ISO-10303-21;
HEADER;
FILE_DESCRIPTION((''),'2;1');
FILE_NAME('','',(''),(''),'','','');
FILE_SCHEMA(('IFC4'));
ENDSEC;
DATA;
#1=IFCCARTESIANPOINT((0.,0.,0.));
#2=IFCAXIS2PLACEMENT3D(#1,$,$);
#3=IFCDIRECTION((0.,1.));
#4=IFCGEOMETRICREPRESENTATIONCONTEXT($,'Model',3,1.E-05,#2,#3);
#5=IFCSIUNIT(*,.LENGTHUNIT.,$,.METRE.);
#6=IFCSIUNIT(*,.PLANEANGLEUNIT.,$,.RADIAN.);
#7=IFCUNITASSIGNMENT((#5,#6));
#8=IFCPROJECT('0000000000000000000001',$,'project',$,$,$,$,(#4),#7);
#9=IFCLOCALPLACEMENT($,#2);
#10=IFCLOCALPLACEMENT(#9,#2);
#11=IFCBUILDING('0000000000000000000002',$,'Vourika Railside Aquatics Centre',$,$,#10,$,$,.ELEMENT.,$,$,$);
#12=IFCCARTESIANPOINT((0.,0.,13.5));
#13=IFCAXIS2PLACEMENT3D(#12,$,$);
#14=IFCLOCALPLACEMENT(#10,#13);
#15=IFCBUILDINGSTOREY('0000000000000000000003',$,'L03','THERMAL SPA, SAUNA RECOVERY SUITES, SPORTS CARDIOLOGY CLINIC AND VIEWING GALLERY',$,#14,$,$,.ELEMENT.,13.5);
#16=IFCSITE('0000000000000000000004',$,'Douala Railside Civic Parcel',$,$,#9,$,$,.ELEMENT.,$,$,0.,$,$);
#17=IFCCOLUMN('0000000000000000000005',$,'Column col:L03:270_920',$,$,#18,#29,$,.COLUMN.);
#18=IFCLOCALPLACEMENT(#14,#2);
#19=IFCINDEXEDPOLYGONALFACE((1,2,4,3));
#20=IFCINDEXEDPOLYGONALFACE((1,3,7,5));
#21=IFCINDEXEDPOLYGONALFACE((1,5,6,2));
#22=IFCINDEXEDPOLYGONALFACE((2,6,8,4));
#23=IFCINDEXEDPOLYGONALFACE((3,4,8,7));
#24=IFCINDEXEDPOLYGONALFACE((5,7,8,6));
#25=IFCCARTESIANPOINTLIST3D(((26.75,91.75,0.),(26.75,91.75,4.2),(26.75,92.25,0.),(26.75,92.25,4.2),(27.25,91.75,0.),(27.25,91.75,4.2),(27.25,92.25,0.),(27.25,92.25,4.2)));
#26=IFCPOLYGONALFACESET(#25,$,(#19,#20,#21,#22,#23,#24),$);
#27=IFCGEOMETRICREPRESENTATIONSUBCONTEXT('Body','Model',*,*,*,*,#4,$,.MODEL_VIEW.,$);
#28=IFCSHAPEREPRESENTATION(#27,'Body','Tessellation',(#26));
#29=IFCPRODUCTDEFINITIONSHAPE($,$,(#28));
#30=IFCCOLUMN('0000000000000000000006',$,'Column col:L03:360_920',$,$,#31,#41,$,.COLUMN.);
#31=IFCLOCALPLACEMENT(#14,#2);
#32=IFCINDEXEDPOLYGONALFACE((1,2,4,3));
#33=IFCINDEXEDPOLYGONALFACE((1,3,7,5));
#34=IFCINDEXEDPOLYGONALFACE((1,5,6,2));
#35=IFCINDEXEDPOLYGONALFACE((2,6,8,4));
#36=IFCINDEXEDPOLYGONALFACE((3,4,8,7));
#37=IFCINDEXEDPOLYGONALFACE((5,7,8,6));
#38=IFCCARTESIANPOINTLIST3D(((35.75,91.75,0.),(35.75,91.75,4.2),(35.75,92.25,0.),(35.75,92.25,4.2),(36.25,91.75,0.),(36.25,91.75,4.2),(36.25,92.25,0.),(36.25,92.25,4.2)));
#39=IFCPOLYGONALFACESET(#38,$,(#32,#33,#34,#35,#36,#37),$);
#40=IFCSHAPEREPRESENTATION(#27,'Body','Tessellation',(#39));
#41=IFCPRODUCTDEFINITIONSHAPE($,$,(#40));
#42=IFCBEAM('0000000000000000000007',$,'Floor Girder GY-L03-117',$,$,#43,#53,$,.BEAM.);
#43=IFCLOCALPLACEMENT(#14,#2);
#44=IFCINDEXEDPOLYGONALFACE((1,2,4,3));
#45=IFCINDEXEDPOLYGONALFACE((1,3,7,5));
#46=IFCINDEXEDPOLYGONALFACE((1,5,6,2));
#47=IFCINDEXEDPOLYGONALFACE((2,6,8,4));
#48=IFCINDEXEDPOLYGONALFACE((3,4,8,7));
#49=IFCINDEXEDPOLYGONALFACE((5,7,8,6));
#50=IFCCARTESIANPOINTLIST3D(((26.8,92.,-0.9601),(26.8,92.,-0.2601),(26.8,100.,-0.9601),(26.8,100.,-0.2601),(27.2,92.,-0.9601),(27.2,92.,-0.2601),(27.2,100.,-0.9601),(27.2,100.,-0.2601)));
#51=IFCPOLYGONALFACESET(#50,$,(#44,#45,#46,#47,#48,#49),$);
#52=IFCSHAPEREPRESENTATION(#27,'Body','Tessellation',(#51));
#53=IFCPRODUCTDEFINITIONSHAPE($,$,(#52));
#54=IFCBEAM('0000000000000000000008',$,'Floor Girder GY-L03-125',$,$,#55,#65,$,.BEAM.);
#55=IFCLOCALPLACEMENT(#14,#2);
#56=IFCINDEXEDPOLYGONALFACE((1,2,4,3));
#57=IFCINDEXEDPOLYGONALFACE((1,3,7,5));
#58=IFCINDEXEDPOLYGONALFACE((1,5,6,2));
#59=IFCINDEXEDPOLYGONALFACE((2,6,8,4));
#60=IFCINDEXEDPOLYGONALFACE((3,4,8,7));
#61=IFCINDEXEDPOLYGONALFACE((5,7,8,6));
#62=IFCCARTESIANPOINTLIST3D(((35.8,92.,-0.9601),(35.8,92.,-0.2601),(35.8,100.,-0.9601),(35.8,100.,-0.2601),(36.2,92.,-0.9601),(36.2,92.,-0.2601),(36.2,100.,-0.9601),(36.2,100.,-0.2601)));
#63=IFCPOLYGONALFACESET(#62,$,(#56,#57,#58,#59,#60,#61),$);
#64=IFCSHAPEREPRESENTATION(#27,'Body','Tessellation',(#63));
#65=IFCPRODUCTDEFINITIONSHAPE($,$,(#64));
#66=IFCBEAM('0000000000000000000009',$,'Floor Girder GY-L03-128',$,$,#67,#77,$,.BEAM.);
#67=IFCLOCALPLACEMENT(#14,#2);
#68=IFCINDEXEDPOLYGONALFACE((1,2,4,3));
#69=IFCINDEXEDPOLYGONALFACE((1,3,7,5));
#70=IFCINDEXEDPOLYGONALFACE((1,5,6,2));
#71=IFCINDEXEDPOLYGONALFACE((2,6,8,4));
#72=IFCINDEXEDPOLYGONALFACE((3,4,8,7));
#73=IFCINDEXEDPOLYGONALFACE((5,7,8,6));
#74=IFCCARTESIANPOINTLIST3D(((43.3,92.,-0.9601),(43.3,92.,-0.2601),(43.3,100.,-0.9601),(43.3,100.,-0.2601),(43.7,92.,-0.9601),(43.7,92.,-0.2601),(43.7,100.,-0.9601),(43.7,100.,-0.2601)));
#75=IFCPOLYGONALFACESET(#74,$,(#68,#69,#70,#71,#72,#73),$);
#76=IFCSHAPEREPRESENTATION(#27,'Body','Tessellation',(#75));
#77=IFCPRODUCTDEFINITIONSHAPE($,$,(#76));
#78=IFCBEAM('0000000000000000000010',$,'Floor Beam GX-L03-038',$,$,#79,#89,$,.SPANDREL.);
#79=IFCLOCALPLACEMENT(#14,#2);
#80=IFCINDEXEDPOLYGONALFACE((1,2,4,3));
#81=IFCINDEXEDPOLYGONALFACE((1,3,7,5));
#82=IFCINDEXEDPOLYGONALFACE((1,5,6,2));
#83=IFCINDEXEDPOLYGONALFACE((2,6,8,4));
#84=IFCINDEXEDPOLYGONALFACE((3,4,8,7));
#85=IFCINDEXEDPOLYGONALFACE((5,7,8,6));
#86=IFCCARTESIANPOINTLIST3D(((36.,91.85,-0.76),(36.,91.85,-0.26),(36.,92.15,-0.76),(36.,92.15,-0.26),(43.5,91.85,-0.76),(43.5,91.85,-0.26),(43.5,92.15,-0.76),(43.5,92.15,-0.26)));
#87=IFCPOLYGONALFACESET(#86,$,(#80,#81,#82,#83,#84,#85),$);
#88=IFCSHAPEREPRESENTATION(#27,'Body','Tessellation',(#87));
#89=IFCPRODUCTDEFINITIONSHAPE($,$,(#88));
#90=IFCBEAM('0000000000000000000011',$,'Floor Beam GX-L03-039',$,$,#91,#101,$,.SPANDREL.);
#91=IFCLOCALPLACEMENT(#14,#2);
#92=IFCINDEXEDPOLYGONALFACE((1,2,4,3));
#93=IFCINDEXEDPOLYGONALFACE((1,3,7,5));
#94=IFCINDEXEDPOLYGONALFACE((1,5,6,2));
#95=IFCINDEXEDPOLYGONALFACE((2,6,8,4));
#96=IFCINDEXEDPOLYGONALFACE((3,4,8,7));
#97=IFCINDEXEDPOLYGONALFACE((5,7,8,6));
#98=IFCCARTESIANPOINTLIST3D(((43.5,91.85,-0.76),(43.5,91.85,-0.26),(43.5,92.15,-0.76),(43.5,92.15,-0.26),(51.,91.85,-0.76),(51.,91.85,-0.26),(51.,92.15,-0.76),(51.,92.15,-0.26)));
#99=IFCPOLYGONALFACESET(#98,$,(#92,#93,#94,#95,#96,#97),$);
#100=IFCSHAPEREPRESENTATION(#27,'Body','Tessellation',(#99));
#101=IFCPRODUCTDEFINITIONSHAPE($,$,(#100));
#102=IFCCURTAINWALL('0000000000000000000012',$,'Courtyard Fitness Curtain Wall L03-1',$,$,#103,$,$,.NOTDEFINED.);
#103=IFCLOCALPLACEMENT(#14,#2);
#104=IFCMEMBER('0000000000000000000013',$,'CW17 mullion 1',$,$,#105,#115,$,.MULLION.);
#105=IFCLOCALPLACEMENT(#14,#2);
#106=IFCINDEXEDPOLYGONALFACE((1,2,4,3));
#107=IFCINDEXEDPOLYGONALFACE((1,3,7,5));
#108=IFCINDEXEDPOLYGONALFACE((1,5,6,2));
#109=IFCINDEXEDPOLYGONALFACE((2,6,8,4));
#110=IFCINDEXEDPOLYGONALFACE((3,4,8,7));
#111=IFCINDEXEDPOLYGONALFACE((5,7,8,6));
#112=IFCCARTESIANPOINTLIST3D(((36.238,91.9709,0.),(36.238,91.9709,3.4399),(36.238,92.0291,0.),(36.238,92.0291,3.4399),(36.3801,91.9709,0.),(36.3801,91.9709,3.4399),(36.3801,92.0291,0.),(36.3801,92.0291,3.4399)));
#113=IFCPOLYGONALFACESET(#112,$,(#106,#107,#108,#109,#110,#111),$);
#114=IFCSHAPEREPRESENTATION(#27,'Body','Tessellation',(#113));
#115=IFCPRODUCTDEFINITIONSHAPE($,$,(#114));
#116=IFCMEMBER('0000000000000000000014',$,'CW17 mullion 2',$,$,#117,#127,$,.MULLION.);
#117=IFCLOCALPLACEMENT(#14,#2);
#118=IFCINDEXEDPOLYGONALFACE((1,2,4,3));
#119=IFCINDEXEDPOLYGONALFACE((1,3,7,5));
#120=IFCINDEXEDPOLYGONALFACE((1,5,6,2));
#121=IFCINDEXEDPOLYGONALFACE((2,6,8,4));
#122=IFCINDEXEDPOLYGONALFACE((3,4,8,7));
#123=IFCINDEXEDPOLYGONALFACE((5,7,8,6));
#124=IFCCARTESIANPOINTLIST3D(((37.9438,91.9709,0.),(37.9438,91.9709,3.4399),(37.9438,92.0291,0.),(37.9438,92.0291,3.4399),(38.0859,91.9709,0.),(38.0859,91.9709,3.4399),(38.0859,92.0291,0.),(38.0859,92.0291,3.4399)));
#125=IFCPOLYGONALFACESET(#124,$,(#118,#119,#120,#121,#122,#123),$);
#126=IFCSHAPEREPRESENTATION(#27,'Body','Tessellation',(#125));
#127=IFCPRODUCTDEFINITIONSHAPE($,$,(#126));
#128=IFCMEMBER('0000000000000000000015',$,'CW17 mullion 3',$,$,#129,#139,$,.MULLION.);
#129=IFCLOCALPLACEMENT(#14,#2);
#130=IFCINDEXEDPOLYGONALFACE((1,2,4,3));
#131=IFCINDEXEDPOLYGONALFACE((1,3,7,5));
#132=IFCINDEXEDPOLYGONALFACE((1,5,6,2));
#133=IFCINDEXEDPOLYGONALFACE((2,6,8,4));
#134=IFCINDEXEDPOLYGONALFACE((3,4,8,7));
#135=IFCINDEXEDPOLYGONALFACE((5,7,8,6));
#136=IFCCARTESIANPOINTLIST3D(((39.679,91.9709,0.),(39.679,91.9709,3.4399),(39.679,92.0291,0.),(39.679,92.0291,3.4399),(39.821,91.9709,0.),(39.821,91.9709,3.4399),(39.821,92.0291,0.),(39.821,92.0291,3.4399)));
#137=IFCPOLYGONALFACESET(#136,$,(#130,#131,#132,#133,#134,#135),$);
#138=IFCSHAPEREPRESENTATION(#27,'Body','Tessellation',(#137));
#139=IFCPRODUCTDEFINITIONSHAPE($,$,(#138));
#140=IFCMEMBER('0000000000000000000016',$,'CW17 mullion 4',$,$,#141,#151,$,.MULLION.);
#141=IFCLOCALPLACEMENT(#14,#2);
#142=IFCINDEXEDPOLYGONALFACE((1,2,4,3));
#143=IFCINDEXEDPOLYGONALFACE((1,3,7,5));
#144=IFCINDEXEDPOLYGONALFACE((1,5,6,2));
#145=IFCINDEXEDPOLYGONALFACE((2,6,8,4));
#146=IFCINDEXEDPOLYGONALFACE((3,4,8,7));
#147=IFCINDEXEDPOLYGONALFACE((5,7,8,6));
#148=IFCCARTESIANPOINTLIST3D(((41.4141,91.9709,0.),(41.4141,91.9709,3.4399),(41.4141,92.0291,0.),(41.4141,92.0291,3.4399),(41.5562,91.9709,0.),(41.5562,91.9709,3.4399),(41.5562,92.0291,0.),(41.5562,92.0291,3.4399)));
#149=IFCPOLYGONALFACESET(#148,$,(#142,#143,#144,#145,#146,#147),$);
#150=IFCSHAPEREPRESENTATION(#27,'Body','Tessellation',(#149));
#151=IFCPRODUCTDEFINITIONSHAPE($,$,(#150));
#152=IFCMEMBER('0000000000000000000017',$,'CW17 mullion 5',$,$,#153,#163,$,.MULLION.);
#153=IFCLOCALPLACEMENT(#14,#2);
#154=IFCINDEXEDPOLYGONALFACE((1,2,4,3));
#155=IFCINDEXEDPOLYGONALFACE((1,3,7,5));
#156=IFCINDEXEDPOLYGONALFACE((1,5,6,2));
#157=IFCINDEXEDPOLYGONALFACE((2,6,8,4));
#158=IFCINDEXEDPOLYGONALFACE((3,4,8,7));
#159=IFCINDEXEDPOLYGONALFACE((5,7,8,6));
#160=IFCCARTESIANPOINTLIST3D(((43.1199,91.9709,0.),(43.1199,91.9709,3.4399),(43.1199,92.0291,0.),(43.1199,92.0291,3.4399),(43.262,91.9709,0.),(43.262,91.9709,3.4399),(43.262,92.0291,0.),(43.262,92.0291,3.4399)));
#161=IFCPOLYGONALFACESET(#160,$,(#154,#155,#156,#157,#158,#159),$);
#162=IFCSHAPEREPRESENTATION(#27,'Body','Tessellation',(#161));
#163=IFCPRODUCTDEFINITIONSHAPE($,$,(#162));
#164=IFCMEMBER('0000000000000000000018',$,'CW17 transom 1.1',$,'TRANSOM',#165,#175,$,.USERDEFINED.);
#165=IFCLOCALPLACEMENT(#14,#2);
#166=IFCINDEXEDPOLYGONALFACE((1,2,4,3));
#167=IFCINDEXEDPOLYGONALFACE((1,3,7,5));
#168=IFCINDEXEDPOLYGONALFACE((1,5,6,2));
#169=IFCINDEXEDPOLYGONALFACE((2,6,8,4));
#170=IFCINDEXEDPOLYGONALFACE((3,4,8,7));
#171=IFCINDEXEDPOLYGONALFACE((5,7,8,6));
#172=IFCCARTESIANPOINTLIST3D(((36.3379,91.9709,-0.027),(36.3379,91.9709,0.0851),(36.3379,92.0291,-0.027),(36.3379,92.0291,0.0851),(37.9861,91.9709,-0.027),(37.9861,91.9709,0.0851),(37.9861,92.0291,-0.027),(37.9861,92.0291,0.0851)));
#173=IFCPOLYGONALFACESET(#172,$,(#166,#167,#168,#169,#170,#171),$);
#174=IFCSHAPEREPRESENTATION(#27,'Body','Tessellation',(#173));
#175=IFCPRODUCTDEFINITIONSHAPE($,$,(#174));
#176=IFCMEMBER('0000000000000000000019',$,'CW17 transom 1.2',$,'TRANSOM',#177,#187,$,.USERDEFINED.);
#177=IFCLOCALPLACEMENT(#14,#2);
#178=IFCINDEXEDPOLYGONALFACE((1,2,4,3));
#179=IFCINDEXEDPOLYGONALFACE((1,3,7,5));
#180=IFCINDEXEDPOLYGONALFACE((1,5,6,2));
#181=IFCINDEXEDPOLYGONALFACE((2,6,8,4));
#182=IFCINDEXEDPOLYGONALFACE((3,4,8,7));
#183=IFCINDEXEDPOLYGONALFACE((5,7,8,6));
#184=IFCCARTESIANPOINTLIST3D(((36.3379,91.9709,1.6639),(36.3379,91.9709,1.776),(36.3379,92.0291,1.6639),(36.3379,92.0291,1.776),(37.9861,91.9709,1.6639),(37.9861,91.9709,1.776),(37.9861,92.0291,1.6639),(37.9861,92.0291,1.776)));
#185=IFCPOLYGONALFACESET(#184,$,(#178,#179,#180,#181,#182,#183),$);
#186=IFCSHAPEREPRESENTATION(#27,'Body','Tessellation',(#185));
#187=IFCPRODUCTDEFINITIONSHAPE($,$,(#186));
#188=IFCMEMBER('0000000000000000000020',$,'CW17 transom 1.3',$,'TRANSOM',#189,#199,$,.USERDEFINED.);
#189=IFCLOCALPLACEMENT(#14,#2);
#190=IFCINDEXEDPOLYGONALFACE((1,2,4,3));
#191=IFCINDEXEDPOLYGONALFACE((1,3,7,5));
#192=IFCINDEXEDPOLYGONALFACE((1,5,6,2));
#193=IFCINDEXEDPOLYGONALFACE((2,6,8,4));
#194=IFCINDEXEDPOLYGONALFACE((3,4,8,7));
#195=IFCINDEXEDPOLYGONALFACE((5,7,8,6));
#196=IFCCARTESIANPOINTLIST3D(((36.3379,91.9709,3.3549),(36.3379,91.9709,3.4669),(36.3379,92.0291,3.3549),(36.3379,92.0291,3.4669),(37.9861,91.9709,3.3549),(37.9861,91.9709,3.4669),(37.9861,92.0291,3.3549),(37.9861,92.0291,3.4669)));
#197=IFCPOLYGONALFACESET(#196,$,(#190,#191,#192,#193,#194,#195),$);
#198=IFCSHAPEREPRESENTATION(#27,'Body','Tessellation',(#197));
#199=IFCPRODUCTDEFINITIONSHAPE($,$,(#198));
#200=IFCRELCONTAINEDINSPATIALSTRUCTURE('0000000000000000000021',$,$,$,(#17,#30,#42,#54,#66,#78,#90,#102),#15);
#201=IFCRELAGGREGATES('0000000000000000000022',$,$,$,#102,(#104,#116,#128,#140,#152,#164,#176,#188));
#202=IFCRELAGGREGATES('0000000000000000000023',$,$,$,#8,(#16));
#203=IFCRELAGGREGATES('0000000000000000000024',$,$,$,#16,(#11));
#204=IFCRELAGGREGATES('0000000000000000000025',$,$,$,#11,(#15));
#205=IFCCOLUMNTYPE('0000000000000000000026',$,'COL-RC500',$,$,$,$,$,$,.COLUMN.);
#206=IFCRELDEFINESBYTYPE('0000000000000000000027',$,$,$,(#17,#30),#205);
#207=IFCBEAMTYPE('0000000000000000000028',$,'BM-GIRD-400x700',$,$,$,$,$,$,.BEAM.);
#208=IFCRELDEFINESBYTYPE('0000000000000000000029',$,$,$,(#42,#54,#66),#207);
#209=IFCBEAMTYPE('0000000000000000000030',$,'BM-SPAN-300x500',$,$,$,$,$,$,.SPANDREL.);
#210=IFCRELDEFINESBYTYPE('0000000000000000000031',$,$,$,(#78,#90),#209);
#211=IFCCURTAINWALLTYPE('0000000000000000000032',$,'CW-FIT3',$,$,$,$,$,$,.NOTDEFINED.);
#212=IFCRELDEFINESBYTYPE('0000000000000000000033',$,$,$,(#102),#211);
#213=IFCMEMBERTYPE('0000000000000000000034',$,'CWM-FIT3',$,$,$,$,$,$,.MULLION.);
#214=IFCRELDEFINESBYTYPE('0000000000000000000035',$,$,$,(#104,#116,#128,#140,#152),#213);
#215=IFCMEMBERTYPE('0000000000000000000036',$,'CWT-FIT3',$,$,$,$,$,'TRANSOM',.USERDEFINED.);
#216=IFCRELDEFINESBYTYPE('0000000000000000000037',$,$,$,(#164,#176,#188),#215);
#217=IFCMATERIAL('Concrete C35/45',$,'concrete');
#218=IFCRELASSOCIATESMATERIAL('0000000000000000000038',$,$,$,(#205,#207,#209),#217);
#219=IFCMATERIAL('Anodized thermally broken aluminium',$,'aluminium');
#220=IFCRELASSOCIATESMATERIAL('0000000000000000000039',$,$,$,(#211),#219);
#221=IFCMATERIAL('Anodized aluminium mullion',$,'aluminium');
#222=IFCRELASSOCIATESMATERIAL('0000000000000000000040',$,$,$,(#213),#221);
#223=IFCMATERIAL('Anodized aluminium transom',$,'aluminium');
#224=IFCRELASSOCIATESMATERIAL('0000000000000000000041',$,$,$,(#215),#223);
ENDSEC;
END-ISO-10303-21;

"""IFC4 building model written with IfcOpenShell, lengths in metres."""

from ifc_helpers import new_model, si_unit, direction, frame, origin, origin_2d, place, context, subcontext, project, spatial, rectangle, extrude, material, material_profile, profile_set, type_object, element, aggregate, save


model = new_model("IFC4")

# Units and contexts
model_context = context("Model", 3, precision=1e-05, world=origin(), true_north=direction((0.0, 1.0)))
body_context = subcontext(model_context, "Body", "Model", "MODEL_VIEW")
ifc_project = project(units=[si_unit("LENGTHUNIT", "METRE"), si_unit("PLANEANGLEUNIT", "RADIAN")], contexts=[model_context])

# Site, building, storey
site_placement = place(None, origin())
site = spatial("IfcSite", under=ifc_project, at=site_placement, Name="Douala Railside Civic Parcel", CompositionType="ELEMENT", RefElevation=0.0)
building_placement = place(site_placement, origin())
building = spatial("IfcBuilding", under=site, at=building_placement, Name="Vourika Railside Aquatics Centre", CompositionType="ELEMENT")
storey_placement = place(building_placement, frame((0.0, 0.0, 13.5)))
storey = spatial("IfcBuildingStorey", under=building, at=storey_placement, Name="L03", Description="THERMAL SPA, SAUNA RECOVERY SUITES, SPORTS CARDIOLOGY CLINIC AND VIEWING GALLERY", CompositionType="ELEMENT", Elevation=13.5)

# Columns
ifc_material_1 = material(Name="Concrete C35/45", Category="concrete")
ifc_material_profile_1 = material_profile(ifc_material_1, rectangle(XDim=0.5, YDim=0.5, at=origin_2d()), Name="RC 500x500")
ifc_profile_set_1 = profile_set([ifc_material_profile_1], Name="Concrete C35/45")
column_type = type_object("IfcColumnType", Name="COL-RC500", PredefinedType="COLUMN", material=ifc_profile_set_1)
for number, where, z_axis, x_axis, name in (
    (1, (27.0, 92.0, 0.0), (0.0, 0.0, 1.0), (1.0, 0.0, 0.0), "Column col:L03:270_920"),
    (2, (36.0, 92.0, 0.0), (0.0, 0.0, 1.0), (1.0, 0.0, 0.0), "Column col:L03:360_920"),
):
    element("IfcColumn", number, at=place(storey_placement, frame(where, z_axis=z_axis, x_axis=x_axis)), inside=storey, type_object=column_type, Name=name, PredefinedType="COLUMN", context=body_context, shape_type="SweptSolid", body=[
        extrude(rectangle(XDim=0.5, YDim=0.5, at=origin_2d()), origin(), (0.0, 0.0, 1.0), 4.2),
    ])

# Beams
ifc_material_profile_2 = material_profile(ifc_material_1, rectangle(XDim=0.3999, YDim=0.7, at=origin_2d()), Name="RC 400x700")
ifc_profile_set_2 = profile_set([ifc_material_profile_2], Name="Concrete C35/45")
beam_type_1 = type_object("IfcBeamType", Name="BM-GIRD-400x700", PredefinedType="BEAM", material=ifc_profile_set_2)
for number, where, z_axis, x_axis, name in (
    (3, (27.0, 92.0, -0.6101), (0.0, 1.0, 0.0), (-1.0, 0.0, 0.0), "Floor Girder GY-L03-117"),
    (4, (36.0, 92.0, -0.6101), (0.0, 1.0, 0.0), (-1.0, 0.0, 0.0), "Floor Girder GY-L03-125"),
    (5, (43.5, 92.0, -0.6101), (0.0, 1.0, 0.0), (-1.0, 0.0, 0.0), "Floor Girder GY-L03-128"),
):
    element("IfcBeam", number, at=place(storey_placement, frame(where, z_axis=z_axis, x_axis=x_axis)), inside=storey, type_object=beam_type_1, Name=name, PredefinedType="BEAM", context=body_context, shape_type="SweptSolid", body=[
        extrude(rectangle(XDim=0.3999, YDim=0.7, at=origin_2d()), origin(), (0.0, 0.0, 1.0), 8.0),
    ])
ifc_material_profile_3 = material_profile(ifc_material_1, rectangle(XDim=0.3, YDim=0.5, at=origin_2d()), Name="RC 300x500")
ifc_profile_set_3 = profile_set([ifc_material_profile_3], Name="Concrete C35/45")
beam_type_2 = type_object("IfcBeamType", Name="BM-SPAN-300x500", PredefinedType="SPANDREL", material=ifc_profile_set_3)
for number, where, z_axis, x_axis, name in (
    (6, (36.0, 92.0, -0.51), (1.0, 0.0, 0.0), (0.0, 1.0, 0.0), "Floor Beam GX-L03-038"),
    (7, (43.5, 92.0, -0.51), (1.0, 0.0, 0.0), (0.0, 1.0, 0.0), "Floor Beam GX-L03-039"),
):
    element("IfcBeam", number, at=place(storey_placement, frame(where, z_axis=z_axis, x_axis=x_axis)), inside=storey, type_object=beam_type_2, Name=name, PredefinedType="SPANDREL", context=body_context, shape_type="SweptSolid", body=[
        extrude(rectangle(XDim=0.3, YDim=0.5, at=origin_2d()), origin(), (0.0, 0.0, 1.0), 7.5),
    ])

# Curtain wall, members
ifc_material_2 = material(Name="Anodized thermally broken aluminium", Category="aluminium")
curtain_wall_type = type_object("IfcCurtainWallType", Name="CW-FIT3", PredefinedType="NOTDEFINED", material=ifc_material_2)
curtain_wall_placement = place(storey_placement, origin())
curtain_wall = element("IfcCurtainWall", 8, at=curtain_wall_placement, inside=storey, type_object=curtain_wall_type, Name="Courtyard Fitness Curtain Wall L03-1", PredefinedType="NOTDEFINED")
ifc_material_3 = material(Name="Anodized aluminium mullion", Category="aluminium")
ifc_material_profile_4 = material_profile(ifc_material_3, rectangle(XDim=0.0581, YDim=0.1421, at=origin_2d()), Name="ALU-M 58x142")
ifc_profile_set_4 = profile_set([ifc_material_profile_4], Name="Anodized aluminium mullion")
member_type_1 = type_object("IfcMemberType", Name="CWM-FIT3", PredefinedType="MULLION", material=ifc_profile_set_4)
member_1_placement = place(storey_placement, frame((36.3091, 92.0, 0.0), z_axis=(0.0, 0.0, 1.0), x_axis=(0.0, 1.0, 0.0)))
member_1 = element("IfcMember", 9, at=member_1_placement, type_object=member_type_1, Name="CW17 mullion 1", PredefinedType="MULLION", context=body_context, shape_type="SweptSolid", body=[
    extrude(rectangle(XDim=0.0581, YDim=0.1421, at=origin_2d()), origin(), (0.0, 0.0, 1.0), 3.4399),
])
member_2_placement = place(storey_placement, frame((38.0149, 92.0, 0.0), z_axis=(0.0, 0.0, 1.0), x_axis=(0.0, 1.0, 0.0)))
member_2 = element("IfcMember", 10, at=member_2_placement, type_object=member_type_1, Name="CW17 mullion 2", PredefinedType="MULLION", context=body_context, shape_type="SweptSolid", body=[
    extrude(rectangle(XDim=0.0581, YDim=0.1421, at=origin_2d()), origin(), (0.0, 0.0, 1.0), 3.4399),
])
member_3_placement = place(storey_placement, frame((39.75, 92.0, 0.0), z_axis=(0.0, 0.0, 1.0), x_axis=(0.0, 1.0, 0.0)))
member_3 = element("IfcMember", 11, at=member_3_placement, type_object=member_type_1, Name="CW17 mullion 3", PredefinedType="MULLION", context=body_context, shape_type="SweptSolid", body=[
    extrude(rectangle(XDim=0.0581, YDim=0.1421, at=origin_2d()), origin(), (0.0, 0.0, 1.0), 3.4399),
])
member_4_placement = place(storey_placement, frame((41.4851, 92.0, 0.0), z_axis=(0.0, 0.0, 1.0), x_axis=(0.0, 1.0, 0.0)))
member_4 = element("IfcMember", 12, at=member_4_placement, type_object=member_type_1, Name="CW17 mullion 4", PredefinedType="MULLION", context=body_context, shape_type="SweptSolid", body=[
    extrude(rectangle(XDim=0.0581, YDim=0.1421, at=origin_2d()), origin(), (0.0, 0.0, 1.0), 3.4399),
])
member_5_placement = place(storey_placement, frame((43.1909, 92.0, 0.0), z_axis=(0.0, 0.0, 1.0), x_axis=(0.0, 1.0, 0.0)))
member_5 = element("IfcMember", 13, at=member_5_placement, type_object=member_type_1, Name="CW17 mullion 5", PredefinedType="MULLION", context=body_context, shape_type="SweptSolid", body=[
    extrude(rectangle(XDim=0.0581, YDim=0.1421, at=origin_2d()), origin(), (0.0, 0.0, 1.0), 3.4399),
])
ifc_material_4 = material(Name="Anodized aluminium transom", Category="aluminium")
ifc_material_profile_5 = material_profile(ifc_material_4, rectangle(XDim=0.0581, YDim=0.1121, at=origin_2d()), Name="ALU-T 58x112")
ifc_profile_set_5 = profile_set([ifc_material_profile_5], Name="Anodized aluminium transom")
member_type_2 = type_object("IfcMemberType", Name="CWT-FIT3", ElementType="TRANSOM", PredefinedType="USERDEFINED", material=ifc_profile_set_5)
member_6_placement = place(storey_placement, frame((36.3379, 92.0, 0.0291), z_axis=(1.0, 0.0, 0.0), x_axis=(0.0, 1.0, 0.0)))
member_6 = element("IfcMember", 14, at=member_6_placement, type_object=member_type_2, Name="CW17 transom 1.1", ObjectType="TRANSOM", PredefinedType="USERDEFINED", context=body_context, shape_type="SweptSolid", body=[
    extrude(rectangle(XDim=0.0581, YDim=0.1121, at=origin_2d()), origin(), (0.0, 0.0, 1.0), 1.6482),
])
member_7_placement = place(storey_placement, frame((36.3379, 92.0, 1.72), z_axis=(1.0, 0.0, 0.0), x_axis=(0.0, 1.0, 0.0)))
member_7 = element("IfcMember", 15, at=member_7_placement, type_object=member_type_2, Name="CW17 transom 1.2", ObjectType="TRANSOM", PredefinedType="USERDEFINED", context=body_context, shape_type="SweptSolid", body=[
    extrude(rectangle(XDim=0.0581, YDim=0.1121, at=origin_2d()), origin(), (0.0, 0.0, 1.0), 1.6482),
])
member_8_placement = place(storey_placement, frame((36.3379, 92.0, 3.4109), z_axis=(1.0, 0.0, 0.0), x_axis=(0.0, 1.0, 0.0)))
member_8 = element("IfcMember", 16, at=member_8_placement, type_object=member_type_2, Name="CW17 transom 1.3", ObjectType="TRANSOM", PredefinedType="USERDEFINED", context=body_context, shape_type="SweptSolid", body=[
    extrude(rectangle(XDim=0.0581, YDim=0.1121, at=origin_2d()), origin(), (0.0, 0.0, 1.0), 1.6482),
])
aggregate(curtain_wall, [member_1, member_2, member_3, member_4, member_5, member_6, member_7, member_8])

save(model, "model.ifc")
